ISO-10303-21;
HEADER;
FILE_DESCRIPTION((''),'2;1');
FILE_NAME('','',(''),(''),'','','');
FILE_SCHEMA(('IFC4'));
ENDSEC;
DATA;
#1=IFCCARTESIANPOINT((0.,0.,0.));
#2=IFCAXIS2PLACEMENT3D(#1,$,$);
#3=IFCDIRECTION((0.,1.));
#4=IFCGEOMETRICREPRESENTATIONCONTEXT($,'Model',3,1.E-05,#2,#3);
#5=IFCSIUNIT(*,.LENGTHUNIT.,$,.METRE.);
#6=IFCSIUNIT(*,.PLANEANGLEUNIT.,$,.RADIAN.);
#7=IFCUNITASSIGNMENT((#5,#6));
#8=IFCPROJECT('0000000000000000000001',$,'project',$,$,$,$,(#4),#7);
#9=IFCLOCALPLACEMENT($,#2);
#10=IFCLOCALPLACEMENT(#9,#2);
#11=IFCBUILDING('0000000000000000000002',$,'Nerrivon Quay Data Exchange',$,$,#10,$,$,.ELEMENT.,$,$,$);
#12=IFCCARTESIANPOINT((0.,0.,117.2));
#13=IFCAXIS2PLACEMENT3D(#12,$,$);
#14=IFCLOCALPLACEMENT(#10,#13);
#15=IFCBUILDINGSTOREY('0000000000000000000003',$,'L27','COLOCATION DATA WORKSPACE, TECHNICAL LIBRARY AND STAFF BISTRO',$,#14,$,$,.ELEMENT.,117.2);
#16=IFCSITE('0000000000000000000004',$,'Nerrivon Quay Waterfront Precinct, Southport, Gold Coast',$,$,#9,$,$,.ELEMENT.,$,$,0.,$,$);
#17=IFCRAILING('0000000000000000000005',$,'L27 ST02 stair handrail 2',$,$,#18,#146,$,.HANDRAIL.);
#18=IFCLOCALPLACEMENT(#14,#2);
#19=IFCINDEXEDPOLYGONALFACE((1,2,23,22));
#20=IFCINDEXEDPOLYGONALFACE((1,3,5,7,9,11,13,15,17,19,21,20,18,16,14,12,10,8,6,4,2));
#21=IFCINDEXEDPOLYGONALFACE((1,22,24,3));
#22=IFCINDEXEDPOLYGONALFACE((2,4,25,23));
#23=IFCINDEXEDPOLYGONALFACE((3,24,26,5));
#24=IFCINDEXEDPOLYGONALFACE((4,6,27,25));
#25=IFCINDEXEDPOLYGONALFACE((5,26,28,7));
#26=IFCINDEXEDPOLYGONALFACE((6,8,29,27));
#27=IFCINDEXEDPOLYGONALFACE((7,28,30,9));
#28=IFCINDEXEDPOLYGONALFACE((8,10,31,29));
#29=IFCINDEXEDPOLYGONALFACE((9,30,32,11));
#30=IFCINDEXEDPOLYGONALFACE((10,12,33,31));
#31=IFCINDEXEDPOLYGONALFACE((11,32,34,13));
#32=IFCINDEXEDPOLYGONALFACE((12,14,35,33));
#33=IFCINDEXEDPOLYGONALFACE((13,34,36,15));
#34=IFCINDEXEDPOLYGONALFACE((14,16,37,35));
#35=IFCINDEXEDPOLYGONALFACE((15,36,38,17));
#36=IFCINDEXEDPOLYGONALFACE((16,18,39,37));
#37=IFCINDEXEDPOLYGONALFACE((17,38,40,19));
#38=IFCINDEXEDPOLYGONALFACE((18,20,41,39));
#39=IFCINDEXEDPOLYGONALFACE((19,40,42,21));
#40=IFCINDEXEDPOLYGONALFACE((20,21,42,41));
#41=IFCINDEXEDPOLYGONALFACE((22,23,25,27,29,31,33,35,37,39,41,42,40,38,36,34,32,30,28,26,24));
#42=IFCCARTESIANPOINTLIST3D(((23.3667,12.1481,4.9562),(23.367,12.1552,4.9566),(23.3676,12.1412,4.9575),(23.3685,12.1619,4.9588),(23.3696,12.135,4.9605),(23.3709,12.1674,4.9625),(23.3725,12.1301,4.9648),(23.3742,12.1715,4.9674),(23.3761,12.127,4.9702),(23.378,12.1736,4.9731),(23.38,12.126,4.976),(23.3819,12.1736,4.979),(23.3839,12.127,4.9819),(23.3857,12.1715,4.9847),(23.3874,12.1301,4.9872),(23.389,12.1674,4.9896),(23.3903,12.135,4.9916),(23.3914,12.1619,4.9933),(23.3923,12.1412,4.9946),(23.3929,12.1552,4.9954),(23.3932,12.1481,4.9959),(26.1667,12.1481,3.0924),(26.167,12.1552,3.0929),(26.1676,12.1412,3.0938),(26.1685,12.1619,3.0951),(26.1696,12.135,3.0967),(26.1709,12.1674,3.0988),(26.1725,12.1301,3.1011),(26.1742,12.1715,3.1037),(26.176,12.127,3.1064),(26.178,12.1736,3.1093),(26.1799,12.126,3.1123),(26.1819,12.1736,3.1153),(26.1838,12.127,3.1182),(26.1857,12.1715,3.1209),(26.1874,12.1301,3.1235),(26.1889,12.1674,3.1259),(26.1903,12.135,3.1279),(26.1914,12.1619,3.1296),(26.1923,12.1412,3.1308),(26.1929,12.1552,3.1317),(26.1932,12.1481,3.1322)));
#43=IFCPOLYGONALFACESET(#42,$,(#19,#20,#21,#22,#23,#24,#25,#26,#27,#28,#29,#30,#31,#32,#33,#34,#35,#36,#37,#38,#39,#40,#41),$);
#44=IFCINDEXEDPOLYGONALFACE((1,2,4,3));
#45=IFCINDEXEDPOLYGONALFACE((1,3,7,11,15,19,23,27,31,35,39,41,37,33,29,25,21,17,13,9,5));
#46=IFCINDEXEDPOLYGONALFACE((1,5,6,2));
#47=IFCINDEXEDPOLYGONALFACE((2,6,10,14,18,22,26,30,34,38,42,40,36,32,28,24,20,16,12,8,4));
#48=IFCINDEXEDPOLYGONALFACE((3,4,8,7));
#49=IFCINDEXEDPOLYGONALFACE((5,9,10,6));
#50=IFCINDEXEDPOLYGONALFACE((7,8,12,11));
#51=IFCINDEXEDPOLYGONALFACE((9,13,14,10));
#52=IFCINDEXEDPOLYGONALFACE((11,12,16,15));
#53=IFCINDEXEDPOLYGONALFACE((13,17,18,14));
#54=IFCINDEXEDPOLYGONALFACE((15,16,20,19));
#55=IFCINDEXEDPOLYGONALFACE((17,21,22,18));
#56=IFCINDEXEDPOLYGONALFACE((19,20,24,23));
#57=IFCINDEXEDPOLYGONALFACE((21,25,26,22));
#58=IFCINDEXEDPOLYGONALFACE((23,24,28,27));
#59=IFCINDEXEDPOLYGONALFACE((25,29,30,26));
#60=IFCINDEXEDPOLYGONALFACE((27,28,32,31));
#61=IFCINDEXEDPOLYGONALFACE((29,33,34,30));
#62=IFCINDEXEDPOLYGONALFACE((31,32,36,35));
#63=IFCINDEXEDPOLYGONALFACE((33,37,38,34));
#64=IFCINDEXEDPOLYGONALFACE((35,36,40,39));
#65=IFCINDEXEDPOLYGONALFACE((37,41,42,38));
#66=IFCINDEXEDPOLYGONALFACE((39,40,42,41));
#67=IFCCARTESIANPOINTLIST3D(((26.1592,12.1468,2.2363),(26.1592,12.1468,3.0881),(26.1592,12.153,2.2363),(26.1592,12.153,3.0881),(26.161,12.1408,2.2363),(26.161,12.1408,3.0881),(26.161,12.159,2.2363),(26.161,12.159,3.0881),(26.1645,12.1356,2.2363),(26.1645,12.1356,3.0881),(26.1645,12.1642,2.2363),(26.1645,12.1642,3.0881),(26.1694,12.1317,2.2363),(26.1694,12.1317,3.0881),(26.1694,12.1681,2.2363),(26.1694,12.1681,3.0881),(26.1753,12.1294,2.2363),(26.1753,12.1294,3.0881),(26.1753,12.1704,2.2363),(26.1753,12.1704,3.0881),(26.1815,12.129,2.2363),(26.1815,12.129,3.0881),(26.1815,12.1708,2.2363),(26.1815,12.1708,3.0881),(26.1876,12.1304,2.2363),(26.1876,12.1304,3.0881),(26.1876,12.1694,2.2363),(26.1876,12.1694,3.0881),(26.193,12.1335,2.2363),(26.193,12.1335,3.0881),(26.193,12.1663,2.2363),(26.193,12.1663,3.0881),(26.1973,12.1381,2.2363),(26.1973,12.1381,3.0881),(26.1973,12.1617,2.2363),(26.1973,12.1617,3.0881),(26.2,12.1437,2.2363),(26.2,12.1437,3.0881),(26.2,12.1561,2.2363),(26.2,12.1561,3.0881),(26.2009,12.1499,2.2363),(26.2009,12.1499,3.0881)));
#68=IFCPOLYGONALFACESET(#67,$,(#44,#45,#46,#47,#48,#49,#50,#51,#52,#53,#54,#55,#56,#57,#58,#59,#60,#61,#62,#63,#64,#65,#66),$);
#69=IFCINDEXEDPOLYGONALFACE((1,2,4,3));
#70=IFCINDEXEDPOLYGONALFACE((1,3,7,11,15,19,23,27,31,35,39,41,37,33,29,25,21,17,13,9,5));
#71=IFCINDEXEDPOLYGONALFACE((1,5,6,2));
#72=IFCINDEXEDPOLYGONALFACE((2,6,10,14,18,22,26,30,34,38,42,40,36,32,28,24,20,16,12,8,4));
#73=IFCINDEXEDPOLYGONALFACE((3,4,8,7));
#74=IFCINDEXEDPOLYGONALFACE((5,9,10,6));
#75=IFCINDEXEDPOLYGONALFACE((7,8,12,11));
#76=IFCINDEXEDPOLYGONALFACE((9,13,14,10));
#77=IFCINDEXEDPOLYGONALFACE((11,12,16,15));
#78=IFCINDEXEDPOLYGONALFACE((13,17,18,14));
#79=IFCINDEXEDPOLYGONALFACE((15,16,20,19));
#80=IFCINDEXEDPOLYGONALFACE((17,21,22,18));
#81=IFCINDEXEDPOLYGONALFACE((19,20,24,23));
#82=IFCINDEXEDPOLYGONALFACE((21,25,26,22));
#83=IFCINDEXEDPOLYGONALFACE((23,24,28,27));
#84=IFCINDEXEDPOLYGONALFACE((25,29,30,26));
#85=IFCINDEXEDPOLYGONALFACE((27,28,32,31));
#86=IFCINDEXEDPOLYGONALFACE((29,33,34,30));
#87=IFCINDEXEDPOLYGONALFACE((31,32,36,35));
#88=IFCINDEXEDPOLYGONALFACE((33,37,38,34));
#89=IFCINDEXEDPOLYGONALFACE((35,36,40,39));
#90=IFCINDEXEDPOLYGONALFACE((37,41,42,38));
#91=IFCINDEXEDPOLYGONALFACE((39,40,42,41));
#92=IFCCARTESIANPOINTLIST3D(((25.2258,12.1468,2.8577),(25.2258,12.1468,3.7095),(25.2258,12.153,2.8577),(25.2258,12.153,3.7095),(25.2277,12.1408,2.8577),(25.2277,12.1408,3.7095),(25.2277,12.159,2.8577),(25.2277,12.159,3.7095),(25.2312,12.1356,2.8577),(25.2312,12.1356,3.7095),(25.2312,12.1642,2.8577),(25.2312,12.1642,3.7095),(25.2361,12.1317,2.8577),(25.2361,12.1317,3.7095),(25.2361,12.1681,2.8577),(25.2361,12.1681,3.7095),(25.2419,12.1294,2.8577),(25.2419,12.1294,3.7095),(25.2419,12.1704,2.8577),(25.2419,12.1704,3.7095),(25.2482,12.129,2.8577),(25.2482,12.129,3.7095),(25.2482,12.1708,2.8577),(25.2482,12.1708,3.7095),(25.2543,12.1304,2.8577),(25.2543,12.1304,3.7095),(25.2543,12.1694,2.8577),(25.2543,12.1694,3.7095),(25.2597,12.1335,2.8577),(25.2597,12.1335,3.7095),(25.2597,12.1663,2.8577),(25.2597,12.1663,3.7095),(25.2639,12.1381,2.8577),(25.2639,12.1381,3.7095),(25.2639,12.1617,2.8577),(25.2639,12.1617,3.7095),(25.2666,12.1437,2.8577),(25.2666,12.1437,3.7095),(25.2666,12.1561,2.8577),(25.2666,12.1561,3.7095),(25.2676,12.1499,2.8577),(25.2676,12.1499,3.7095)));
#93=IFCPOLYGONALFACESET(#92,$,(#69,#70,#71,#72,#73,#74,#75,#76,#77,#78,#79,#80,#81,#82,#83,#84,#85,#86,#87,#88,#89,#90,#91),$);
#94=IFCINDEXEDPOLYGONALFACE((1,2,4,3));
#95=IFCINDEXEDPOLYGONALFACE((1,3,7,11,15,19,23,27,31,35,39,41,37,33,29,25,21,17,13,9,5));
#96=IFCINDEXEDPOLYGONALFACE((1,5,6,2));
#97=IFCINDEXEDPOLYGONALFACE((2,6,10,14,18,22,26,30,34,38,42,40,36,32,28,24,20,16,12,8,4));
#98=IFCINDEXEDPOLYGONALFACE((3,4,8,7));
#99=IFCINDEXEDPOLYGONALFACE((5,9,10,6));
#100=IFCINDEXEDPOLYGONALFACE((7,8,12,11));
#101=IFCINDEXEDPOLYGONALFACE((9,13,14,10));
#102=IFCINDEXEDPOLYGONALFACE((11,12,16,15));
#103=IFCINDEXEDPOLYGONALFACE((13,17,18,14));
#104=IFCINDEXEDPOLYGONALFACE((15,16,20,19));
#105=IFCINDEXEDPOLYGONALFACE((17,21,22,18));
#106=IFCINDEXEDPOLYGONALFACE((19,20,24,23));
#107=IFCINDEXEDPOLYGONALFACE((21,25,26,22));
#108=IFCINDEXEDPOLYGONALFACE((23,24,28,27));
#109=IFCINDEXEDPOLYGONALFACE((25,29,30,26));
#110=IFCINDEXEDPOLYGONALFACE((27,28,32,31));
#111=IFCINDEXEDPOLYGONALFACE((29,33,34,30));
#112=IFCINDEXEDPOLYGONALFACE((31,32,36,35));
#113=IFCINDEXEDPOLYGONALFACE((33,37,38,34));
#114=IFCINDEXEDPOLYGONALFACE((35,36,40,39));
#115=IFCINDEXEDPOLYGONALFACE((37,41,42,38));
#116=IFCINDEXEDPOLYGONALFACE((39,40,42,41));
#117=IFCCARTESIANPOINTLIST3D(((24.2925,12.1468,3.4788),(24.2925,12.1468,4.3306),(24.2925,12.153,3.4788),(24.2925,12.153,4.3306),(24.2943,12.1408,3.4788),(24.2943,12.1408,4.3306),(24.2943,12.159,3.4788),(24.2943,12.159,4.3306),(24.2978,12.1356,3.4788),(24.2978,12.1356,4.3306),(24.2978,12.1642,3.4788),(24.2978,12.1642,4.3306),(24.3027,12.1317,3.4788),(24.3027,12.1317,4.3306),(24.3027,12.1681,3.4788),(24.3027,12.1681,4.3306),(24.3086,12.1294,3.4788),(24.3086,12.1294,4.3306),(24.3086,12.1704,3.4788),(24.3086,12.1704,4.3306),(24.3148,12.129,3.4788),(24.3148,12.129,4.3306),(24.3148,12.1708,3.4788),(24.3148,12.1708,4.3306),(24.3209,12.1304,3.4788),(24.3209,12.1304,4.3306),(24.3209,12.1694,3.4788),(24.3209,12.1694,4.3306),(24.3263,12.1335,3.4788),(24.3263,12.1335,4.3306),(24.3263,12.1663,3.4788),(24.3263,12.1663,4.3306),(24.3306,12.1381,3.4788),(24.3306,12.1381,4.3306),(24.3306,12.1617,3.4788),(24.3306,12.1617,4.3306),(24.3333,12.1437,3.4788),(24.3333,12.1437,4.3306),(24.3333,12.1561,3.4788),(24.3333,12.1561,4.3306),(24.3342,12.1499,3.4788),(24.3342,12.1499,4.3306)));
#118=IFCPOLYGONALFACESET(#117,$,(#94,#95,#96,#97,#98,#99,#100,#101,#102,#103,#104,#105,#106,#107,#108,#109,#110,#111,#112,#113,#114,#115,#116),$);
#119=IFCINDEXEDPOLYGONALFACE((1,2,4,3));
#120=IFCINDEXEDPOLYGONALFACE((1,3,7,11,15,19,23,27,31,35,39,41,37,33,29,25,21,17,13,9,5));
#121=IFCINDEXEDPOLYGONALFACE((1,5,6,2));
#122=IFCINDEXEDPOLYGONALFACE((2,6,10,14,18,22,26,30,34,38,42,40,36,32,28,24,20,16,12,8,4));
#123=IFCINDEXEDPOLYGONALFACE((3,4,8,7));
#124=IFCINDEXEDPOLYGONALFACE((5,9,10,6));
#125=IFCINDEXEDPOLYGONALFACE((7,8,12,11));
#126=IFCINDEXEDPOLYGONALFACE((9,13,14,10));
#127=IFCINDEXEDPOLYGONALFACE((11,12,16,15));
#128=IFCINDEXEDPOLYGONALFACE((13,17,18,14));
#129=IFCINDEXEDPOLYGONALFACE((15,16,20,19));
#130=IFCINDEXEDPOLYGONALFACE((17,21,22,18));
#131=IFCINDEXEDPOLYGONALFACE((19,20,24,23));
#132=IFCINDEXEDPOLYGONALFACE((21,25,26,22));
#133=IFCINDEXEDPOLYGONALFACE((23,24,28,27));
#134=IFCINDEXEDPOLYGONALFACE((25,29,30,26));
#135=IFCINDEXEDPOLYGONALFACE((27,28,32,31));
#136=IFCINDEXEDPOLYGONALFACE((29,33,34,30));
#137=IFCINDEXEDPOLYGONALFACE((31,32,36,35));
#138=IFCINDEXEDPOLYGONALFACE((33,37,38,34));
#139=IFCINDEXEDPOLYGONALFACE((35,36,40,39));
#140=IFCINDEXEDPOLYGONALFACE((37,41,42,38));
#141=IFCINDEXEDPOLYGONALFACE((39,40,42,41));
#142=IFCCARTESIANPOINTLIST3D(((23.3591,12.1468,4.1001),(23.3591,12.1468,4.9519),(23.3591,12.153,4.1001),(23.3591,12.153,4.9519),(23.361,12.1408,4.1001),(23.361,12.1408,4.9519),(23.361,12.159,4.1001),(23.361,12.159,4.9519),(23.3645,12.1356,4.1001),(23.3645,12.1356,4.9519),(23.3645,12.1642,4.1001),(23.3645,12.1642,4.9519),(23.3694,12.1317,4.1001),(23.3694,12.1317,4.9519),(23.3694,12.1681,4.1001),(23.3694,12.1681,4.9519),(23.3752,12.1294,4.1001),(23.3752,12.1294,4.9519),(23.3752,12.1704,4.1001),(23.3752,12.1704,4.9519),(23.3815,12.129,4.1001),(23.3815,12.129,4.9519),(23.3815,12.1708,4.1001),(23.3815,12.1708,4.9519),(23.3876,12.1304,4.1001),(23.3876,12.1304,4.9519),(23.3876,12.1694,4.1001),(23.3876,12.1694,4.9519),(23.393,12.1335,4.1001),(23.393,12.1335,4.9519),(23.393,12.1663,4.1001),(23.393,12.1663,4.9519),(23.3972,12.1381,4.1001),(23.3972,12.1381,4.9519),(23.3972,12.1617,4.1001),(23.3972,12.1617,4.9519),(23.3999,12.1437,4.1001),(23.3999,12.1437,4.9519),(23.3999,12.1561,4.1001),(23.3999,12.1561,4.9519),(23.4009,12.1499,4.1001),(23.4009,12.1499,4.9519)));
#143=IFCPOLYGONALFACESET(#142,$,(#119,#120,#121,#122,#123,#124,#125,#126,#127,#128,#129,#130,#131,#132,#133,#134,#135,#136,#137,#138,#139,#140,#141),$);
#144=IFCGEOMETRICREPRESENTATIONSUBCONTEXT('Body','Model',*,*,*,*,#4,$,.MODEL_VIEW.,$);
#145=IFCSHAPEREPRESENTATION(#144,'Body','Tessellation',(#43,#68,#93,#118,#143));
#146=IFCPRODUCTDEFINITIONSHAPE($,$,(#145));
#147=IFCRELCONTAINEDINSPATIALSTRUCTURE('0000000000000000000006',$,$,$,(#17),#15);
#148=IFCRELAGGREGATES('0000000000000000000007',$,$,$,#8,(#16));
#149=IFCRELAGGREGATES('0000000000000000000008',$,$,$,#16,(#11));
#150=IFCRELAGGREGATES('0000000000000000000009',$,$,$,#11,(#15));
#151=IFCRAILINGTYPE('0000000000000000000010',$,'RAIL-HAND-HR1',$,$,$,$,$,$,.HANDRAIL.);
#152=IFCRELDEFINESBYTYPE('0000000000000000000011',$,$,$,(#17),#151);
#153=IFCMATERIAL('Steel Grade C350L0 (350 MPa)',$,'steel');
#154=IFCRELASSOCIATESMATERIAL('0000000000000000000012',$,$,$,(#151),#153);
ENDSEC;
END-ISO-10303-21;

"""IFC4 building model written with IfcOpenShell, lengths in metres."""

from ifc_helpers import new_model, si_unit, direction, frame, origin, origin_2d, place, context, subcontext, project, spatial, circle, extrude, material, type_object, element, save


model = new_model("IFC4")

# Units and contexts
model_context = context("Model", 3, precision=1e-05, world=origin(), true_north=direction((0.0, 1.0)))
body_context = subcontext(model_context, "Body", "Model", "MODEL_VIEW")
ifc_project = project(units=[si_unit("LENGTHUNIT", "METRE"), si_unit("PLANEANGLEUNIT", "RADIAN")], contexts=[model_context])

# Site, building, storey
site_placement = place(None, origin())
site = spatial("IfcSite", under=ifc_project, at=site_placement, Name="Nerrivon Quay Waterfront Precinct, Southport, Gold Coast", CompositionType="ELEMENT", RefElevation=0.0)
building_placement = place(site_placement, origin())
building = spatial("IfcBuilding", under=site, at=building_placement, Name="Nerrivon Quay Data Exchange", CompositionType="ELEMENT")
storey_placement = place(building_placement, frame((0.0, 0.0, 117.2)))
storey = spatial("IfcBuildingStorey", under=building, at=storey_placement, Name="L27", Description="COLOCATION DATA WORKSPACE, TECHNICAL LIBRARY AND STAFF BISTRO", CompositionType="ELEMENT", Elevation=117.2)

# Railing
ifc_material_1 = material(Name="Steel Grade C350L0 (350 MPa)", Category="steel")
railing_type_1 = type_object("IfcRailingType", Name="RAIL-HAND-HR1", PredefinedType="HANDRAIL", material=ifc_material_1)
railing_1_placement = place(storey_placement, frame((26.1799, 12.1499, 2.2363)))
element("IfcRailing", 1, at=railing_1_placement, inside=storey, type_object=railing_type_1, Name="L27 ST02 stair handrail 2", PredefinedType="HANDRAIL", context=body_context, shape_type="SweptSolid", body=[
    extrude(circle(Radius=0.0239, at=origin_2d()), frame((0.0, 0.0, 0.876), z_axis=(-0.832452, 0.0, 0.554097), x_axis=(0.0, -1.0, 0.0)), (0.0, 0.0, 1.0), 3.3635),
    extrude(circle(Radius=0.021, at=origin_2d()), origin(), (0.0, 0.0, 1.0), 0.8518),
    extrude(circle(Radius=0.021, at=origin_2d()), frame((-0.9333, 0.0, 0.6213)), (0.0, 0.0, 1.0), 0.8518),
    extrude(circle(Radius=0.021, at=origin_2d()), frame((-1.8667, 0.0, 1.2424)), (0.0, 0.0, 1.0), 0.8518),
    extrude(circle(Radius=0.021, at=origin_2d()), frame((-2.8, 0.0, 1.8638)), (0.0, 0.0, 1.0), 0.8518),
])

save(model, "model.ifc")
